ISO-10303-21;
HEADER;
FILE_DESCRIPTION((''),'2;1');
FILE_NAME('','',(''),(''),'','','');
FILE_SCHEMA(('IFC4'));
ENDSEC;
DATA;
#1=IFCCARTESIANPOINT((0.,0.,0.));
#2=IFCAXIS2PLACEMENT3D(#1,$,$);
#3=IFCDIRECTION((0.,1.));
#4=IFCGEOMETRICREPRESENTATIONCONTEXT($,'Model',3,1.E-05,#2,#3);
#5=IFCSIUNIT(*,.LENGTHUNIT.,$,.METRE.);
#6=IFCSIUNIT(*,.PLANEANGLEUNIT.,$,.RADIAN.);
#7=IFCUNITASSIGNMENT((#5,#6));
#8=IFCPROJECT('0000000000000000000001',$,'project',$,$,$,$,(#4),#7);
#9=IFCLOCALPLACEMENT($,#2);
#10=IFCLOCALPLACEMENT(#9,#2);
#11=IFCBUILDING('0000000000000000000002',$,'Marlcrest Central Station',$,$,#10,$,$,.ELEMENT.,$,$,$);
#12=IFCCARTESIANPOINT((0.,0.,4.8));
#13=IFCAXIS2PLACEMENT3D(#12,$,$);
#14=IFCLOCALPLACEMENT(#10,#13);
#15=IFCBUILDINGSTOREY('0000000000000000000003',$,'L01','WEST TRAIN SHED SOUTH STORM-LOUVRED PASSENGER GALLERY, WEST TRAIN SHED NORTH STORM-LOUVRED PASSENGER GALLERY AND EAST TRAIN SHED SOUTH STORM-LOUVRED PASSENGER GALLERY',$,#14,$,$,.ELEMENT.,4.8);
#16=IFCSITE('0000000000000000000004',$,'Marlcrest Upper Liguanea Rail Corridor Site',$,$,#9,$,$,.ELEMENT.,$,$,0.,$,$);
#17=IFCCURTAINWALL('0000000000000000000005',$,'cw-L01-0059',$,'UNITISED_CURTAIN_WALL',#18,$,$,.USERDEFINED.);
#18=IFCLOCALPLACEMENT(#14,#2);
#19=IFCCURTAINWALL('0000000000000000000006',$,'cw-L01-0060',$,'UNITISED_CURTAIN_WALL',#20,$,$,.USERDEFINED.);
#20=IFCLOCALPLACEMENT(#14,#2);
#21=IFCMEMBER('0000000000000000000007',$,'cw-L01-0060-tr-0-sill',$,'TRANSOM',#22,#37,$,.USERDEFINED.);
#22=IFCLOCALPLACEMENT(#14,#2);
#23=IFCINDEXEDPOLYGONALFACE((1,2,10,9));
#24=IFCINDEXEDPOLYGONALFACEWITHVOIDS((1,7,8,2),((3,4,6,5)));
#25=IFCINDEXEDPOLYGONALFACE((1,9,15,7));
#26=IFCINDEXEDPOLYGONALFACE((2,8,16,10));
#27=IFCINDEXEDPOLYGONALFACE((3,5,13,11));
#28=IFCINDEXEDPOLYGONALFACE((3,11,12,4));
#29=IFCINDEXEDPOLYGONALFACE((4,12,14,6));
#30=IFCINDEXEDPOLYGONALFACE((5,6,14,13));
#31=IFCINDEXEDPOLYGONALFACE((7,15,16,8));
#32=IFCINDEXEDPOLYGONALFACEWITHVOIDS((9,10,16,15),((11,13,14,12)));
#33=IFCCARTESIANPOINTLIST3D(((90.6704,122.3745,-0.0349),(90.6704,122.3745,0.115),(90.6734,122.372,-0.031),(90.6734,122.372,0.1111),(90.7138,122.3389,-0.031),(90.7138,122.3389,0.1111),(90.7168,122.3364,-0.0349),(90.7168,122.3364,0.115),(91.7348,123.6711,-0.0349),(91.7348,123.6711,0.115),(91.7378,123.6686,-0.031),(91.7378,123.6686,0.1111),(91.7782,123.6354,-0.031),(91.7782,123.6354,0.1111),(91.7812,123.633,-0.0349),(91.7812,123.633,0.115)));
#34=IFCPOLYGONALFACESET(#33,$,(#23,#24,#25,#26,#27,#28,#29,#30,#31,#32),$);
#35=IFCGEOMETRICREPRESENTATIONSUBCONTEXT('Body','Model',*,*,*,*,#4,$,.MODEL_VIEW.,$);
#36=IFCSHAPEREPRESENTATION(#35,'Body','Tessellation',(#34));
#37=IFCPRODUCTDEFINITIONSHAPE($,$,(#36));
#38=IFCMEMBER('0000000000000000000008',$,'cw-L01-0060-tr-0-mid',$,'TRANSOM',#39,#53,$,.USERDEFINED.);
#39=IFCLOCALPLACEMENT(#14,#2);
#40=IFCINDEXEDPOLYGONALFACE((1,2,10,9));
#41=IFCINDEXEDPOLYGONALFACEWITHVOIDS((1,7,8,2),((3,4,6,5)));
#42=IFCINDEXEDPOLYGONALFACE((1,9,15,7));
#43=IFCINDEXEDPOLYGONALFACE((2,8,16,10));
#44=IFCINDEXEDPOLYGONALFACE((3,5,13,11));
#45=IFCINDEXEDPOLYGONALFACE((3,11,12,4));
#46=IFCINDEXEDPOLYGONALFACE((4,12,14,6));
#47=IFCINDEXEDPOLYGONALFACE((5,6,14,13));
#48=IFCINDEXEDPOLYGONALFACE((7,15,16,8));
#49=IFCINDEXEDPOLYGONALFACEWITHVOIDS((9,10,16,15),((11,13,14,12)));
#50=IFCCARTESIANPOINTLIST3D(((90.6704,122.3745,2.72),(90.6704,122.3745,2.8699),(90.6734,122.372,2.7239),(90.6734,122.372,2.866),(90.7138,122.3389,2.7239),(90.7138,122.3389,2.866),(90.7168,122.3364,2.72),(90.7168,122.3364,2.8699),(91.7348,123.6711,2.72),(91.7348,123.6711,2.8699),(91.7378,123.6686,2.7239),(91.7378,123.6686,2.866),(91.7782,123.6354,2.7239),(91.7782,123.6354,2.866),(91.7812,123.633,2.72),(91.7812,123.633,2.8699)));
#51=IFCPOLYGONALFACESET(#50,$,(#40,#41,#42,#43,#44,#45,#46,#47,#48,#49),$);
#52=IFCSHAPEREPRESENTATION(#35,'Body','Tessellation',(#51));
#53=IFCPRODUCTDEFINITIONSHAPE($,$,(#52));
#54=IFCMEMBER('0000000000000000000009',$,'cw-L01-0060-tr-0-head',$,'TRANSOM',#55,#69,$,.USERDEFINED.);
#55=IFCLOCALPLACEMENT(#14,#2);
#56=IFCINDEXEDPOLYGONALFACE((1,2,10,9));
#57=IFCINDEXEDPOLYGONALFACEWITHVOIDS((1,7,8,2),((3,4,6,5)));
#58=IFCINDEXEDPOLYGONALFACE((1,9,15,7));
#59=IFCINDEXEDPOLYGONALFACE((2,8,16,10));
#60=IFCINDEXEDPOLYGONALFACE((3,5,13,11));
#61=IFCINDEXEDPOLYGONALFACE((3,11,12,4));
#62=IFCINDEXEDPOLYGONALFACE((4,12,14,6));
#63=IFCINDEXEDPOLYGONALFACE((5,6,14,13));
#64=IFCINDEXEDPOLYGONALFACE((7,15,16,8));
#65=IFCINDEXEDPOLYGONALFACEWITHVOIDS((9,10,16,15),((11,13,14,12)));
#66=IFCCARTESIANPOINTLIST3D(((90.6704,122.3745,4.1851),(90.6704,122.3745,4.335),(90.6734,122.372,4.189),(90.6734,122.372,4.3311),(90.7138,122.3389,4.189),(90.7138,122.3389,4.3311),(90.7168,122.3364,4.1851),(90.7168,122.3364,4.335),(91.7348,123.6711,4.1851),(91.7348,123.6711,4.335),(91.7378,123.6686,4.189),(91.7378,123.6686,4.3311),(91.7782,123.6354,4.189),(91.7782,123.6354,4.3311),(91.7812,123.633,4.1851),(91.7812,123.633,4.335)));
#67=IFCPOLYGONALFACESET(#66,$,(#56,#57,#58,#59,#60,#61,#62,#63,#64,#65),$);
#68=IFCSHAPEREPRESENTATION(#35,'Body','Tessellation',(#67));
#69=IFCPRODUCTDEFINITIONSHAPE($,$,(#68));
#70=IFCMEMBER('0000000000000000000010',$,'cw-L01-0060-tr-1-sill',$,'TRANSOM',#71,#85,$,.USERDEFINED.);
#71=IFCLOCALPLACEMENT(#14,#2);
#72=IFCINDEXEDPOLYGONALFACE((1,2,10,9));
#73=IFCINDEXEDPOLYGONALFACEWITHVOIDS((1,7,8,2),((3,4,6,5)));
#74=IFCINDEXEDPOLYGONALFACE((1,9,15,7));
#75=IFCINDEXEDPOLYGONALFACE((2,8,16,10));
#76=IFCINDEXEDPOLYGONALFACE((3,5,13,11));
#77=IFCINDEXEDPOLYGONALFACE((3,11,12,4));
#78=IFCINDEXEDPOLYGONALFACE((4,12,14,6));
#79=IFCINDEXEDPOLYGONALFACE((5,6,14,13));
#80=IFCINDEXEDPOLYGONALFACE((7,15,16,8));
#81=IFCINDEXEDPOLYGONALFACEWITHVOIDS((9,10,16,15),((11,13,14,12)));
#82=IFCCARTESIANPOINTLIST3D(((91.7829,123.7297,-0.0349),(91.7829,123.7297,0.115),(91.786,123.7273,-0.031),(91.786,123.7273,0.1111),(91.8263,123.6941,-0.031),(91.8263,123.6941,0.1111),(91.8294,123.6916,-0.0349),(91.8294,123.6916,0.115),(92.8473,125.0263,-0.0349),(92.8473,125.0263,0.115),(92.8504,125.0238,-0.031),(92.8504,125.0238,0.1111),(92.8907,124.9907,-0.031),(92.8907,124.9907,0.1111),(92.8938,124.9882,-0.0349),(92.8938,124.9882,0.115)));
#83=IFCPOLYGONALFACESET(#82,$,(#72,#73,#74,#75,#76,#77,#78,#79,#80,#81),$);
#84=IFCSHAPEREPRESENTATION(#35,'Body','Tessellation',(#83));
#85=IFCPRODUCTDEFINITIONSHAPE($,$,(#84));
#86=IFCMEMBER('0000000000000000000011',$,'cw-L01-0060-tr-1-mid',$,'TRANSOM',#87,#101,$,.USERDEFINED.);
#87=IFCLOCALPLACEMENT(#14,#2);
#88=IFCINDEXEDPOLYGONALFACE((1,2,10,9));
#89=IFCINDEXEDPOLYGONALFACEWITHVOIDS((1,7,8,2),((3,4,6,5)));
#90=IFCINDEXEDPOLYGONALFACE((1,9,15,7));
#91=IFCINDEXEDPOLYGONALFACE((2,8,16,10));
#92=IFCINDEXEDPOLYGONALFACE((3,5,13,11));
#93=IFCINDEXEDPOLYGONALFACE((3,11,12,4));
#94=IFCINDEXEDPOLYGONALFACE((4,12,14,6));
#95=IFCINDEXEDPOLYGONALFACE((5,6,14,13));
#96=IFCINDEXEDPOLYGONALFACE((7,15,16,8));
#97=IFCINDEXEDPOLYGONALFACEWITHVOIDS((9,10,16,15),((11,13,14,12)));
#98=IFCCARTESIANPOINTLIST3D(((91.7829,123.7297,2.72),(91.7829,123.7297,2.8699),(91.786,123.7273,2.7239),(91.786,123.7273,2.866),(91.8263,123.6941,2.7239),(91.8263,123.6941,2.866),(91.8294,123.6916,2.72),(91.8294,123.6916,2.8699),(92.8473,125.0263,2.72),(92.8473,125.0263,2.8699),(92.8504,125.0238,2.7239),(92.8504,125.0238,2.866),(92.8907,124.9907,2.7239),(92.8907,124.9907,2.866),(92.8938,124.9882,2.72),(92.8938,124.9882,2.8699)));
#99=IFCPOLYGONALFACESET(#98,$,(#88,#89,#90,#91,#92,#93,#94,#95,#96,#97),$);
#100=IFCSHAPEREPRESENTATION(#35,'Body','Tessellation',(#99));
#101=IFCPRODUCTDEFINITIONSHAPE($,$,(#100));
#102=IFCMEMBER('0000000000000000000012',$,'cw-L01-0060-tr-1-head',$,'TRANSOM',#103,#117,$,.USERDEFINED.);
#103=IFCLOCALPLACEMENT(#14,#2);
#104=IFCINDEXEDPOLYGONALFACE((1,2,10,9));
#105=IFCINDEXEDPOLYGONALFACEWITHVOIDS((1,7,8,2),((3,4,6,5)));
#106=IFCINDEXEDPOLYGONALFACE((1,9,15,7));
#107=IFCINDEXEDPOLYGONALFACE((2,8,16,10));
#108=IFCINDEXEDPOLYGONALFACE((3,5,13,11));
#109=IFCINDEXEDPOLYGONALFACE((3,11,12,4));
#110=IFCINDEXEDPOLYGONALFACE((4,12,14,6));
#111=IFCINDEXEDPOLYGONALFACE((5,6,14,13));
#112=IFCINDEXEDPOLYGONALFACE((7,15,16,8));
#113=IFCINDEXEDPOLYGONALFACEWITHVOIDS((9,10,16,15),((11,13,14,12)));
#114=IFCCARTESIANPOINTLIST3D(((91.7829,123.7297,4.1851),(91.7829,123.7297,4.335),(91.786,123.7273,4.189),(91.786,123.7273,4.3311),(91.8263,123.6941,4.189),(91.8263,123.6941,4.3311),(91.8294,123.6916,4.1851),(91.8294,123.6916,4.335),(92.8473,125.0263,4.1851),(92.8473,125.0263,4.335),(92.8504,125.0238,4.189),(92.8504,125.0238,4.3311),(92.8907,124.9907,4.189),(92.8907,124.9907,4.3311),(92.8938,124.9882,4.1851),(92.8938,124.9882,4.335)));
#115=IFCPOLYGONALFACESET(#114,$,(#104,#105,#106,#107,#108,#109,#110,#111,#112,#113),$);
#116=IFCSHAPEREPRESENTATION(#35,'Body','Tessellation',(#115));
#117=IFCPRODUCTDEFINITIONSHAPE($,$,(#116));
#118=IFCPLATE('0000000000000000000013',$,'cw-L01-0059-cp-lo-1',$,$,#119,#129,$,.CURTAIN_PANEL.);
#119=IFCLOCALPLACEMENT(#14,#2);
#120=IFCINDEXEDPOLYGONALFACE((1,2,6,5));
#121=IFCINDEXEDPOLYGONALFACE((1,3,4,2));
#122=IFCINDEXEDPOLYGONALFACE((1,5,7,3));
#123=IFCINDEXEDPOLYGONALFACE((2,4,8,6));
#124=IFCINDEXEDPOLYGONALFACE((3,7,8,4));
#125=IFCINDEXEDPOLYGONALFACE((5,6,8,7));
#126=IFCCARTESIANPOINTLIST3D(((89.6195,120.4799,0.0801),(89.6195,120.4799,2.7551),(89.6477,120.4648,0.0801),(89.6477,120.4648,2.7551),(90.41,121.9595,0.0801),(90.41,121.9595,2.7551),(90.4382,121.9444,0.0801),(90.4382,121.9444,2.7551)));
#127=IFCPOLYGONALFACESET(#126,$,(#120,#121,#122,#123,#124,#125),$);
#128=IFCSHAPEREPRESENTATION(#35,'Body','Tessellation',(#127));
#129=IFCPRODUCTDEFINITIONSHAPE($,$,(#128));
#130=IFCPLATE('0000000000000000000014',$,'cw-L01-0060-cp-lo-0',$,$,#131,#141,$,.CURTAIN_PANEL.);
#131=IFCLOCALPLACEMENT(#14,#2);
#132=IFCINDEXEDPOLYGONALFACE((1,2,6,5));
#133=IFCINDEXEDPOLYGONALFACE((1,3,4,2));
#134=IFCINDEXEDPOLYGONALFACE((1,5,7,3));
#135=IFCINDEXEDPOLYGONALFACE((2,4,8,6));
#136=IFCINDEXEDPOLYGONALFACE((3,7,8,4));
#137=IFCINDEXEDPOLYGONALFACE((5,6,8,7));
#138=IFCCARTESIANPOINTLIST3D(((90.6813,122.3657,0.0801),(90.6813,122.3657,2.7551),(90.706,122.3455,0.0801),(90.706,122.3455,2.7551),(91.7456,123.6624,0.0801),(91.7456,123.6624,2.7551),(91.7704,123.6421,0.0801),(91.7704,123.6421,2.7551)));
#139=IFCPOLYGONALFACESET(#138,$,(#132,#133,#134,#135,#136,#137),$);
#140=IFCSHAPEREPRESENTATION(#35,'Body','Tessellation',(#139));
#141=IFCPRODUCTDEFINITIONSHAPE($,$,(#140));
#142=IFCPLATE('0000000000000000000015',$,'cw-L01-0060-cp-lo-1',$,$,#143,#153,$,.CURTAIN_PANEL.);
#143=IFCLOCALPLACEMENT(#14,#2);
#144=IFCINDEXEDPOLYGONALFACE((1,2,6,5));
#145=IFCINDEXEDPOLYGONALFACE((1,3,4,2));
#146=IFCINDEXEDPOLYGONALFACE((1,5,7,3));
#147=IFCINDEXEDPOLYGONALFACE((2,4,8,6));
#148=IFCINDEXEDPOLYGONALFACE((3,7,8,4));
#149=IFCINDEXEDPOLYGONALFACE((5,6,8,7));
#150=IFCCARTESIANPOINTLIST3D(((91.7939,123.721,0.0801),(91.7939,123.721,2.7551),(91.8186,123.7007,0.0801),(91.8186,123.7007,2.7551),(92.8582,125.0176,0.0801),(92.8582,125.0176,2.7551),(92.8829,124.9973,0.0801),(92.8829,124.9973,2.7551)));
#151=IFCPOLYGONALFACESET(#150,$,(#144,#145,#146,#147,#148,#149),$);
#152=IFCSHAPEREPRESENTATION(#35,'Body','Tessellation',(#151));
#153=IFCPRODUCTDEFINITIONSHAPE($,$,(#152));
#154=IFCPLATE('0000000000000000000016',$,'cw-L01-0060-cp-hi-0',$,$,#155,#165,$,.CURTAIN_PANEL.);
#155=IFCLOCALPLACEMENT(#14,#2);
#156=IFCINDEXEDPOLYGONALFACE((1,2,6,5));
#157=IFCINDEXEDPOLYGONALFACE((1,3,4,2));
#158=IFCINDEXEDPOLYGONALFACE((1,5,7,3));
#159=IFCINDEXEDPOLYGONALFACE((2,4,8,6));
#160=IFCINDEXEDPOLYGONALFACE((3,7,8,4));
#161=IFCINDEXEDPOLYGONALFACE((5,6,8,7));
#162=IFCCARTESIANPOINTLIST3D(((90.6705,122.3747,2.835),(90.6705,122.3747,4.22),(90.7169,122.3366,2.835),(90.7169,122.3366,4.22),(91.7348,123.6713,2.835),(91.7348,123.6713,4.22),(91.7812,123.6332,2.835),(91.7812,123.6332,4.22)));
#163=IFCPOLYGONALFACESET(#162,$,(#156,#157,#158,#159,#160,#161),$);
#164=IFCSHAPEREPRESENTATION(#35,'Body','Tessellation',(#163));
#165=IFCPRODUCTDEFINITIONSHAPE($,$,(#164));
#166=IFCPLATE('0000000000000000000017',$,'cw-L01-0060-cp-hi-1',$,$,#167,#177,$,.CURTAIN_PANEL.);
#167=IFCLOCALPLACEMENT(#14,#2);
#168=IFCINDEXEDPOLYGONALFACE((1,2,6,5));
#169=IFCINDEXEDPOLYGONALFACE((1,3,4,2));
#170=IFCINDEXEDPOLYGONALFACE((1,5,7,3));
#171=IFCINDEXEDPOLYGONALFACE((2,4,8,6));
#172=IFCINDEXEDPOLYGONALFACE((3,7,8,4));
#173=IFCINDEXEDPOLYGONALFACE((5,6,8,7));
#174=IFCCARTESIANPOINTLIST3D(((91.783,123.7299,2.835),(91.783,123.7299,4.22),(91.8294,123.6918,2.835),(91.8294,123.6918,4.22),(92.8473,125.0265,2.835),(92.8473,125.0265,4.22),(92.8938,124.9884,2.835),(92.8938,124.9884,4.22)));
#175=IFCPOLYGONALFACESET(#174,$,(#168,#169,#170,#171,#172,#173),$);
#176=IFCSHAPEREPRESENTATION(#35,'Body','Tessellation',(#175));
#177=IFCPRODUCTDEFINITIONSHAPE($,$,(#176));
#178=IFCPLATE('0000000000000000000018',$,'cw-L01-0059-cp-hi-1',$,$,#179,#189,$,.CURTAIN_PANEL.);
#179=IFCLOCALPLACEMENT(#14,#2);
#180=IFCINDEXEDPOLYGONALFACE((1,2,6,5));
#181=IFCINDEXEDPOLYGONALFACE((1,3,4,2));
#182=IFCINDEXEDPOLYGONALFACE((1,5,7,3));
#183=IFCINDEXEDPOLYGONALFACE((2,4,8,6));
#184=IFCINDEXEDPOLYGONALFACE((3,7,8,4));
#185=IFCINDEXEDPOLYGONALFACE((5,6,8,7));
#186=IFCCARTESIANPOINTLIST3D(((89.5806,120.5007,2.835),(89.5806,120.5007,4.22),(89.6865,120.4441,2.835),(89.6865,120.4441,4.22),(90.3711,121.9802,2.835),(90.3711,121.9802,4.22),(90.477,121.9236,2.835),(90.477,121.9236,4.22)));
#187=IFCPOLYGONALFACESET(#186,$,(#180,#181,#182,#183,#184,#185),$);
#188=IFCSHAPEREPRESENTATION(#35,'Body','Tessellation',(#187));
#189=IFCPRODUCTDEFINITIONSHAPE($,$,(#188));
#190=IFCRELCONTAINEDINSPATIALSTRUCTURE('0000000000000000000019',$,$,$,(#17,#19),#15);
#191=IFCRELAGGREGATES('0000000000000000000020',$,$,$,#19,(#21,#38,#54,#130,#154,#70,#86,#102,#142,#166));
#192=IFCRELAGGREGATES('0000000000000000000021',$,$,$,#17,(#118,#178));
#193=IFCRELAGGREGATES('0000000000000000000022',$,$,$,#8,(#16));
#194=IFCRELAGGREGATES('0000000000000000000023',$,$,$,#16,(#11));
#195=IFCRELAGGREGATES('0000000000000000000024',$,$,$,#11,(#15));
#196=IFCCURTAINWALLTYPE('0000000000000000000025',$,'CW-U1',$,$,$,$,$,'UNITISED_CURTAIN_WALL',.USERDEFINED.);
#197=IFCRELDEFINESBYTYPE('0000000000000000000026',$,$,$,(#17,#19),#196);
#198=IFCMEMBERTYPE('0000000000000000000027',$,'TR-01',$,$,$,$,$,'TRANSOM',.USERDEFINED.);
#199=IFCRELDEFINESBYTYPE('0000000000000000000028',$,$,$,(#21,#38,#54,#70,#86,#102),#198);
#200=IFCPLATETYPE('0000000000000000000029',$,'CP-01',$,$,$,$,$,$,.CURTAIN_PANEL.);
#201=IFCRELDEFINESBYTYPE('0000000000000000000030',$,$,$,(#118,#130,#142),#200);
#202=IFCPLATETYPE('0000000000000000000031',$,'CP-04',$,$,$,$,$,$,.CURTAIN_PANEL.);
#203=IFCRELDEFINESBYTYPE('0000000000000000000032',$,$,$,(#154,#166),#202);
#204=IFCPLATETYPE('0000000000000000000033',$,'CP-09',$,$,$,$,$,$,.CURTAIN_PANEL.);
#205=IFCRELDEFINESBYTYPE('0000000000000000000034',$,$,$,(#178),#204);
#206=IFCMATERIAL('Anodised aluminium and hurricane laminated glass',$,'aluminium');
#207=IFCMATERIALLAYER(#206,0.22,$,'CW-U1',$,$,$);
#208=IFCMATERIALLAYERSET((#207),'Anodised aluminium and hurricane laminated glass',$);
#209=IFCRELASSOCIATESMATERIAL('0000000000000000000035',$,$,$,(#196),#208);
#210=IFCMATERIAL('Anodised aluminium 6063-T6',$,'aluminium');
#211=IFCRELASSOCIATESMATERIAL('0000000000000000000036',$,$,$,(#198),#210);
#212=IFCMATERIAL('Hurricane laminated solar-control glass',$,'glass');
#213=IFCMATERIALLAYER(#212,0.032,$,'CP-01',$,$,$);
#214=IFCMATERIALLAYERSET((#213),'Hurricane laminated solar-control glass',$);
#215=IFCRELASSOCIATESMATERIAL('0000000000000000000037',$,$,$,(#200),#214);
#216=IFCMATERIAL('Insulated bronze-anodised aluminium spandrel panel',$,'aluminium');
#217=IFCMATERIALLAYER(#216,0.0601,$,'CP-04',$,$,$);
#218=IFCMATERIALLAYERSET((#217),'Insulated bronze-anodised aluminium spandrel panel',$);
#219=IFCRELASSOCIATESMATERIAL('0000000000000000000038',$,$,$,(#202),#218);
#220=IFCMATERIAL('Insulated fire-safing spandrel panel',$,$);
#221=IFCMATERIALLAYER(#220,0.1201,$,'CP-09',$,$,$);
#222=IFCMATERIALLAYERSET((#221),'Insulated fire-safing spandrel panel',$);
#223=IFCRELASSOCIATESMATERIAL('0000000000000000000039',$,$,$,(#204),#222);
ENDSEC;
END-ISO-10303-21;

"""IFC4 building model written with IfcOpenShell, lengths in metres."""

from ifc_helpers import new_model, si_unit, direction, frame, origin, origin_2d, place, context, subcontext, project, spatial, rectangle, hollow_rectangle, extrude, material, layer, layer_set, material_profile, profile_set, type_object, element, aggregate, save


model = new_model("IFC4")

# Units and contexts
model_context = context("Model", 3, precision=1e-05, world=origin(), true_north=direction((0.0, 1.0)))
body_context = subcontext(model_context, "Body", "Model", "MODEL_VIEW")
ifc_project = project(units=[si_unit("LENGTHUNIT", "METRE"), si_unit("PLANEANGLEUNIT", "RADIAN")], contexts=[model_context])

# Site, building, storey
site_placement = place(None, origin())
site = spatial("IfcSite", under=ifc_project, at=site_placement, Name="Marlcrest Upper Liguanea Rail Corridor Site", CompositionType="ELEMENT", RefElevation=0.0)
building_placement = place(site_placement, origin())
building = spatial("IfcBuilding", under=site, at=building_placement, Name="Marlcrest Central Station", CompositionType="ELEMENT")
storey_placement = place(building_placement, frame((0.0, 0.0, 4.8)))
storey = spatial("IfcBuildingStorey", under=building, at=storey_placement, Name="L01", Description="WEST TRAIN SHED SOUTH STORM-LOUVRED PASSENGER GALLERY, WEST TRAIN SHED NORTH STORM-LOUVRED PASSENGER GALLERY AND EAST TRAIN SHED SOUTH STORM-LOUVRED PASSENGER GALLERY", CompositionType="ELEMENT", Elevation=4.8)

# Curtain wall
ifc_material_1 = material(Name="Anodised aluminium and hurricane laminated glass", Category="aluminium")
ifc_layer_1 = layer(ifc_material_1, 0.22, Name="CW-U1")
ifc_layer_set_1 = layer_set([ifc_layer_1], Name="Anodised aluminium and hurricane laminated glass")
curtain_wall_type = type_object("IfcCurtainWallType", Name="CW-U1", ElementType="UNITISED_CURTAIN_WALL", PredefinedType="USERDEFINED", material=ifc_layer_set_1)
curtain_wall_1_placement = place(storey_placement, origin())
curtain_wall_1 = element("IfcCurtainWall", 1, at=curtain_wall_1_placement, inside=storey, type_object=curtain_wall_type, Name="cw-L01-0059", ObjectType="UNITISED_CURTAIN_WALL", PredefinedType="USERDEFINED")
ifc_material_2 = material(Name="Anodised aluminium 6063-T6", Category="aluminium")

# Curtain wall
curtain_wall_2_placement = place(storey_placement, origin())
curtain_wall_2 = element("IfcCurtainWall", 2, at=curtain_wall_2_placement, inside=storey, type_object=curtain_wall_type, Name="cw-L01-0060", ObjectType="UNITISED_CURTAIN_WALL", PredefinedType="USERDEFINED")

# Members
ifc_material_profile_1 = material_profile(ifc_material_2, hollow_rectangle(XDim=0.0601, YDim=0.1499, WallThickness=0.0039, at=origin_2d()), Name="AA-RHS 150x60x4")
ifc_profile_set_1 = profile_set([ifc_material_profile_1], Name="Anodised aluminium 6063-T6")
member_type_1 = type_object("IfcMemberType", Name="TR-01", ElementType="TRANSOM", PredefinedType="USERDEFINED", material=ifc_profile_set_1)
member_1_placement = place(storey_placement, frame((90.6936, 122.3555, 0.04), z_axis=(0.634513, 0.772912, 0.0), x_axis=(-0.772912, 0.634513, 0.0)))
member_1 = element("IfcMember", 3, at=member_1_placement, type_object=member_type_1, Name="cw-L01-0060-tr-0-sill", ObjectType="TRANSOM", PredefinedType="USERDEFINED", context=body_context, shape_type="SweptSolid", body=[
    extrude(hollow_rectangle(XDim=0.0601, YDim=0.1499, WallThickness=0.0039, at=origin_2d()), origin(), (0.0, 0.0, 1.0), 1.6775),
])
member_2_placement = place(storey_placement, frame((90.6936, 122.3555, 2.7949), z_axis=(0.634513, 0.772912, 0.0), x_axis=(-0.772912, 0.634513, 0.0)))
member_2 = element("IfcMember", 4, at=member_2_placement, type_object=member_type_1, Name="cw-L01-0060-tr-0-mid", ObjectType="TRANSOM", PredefinedType="USERDEFINED", context=body_context, shape_type="SweptSolid", body=[
    extrude(hollow_rectangle(XDim=0.0601, YDim=0.1499, WallThickness=0.0039, at=origin_2d()), origin(), (0.0, 0.0, 1.0), 1.6775),
])
member_3_placement = place(storey_placement, frame((90.6936, 122.3555, 4.26), z_axis=(0.634513, 0.772912, 0.0), x_axis=(-0.772912, 0.634513, 0.0)))
member_3 = element("IfcMember", 5, at=member_3_placement, type_object=member_type_1, Name="cw-L01-0060-tr-0-head", ObjectType="TRANSOM", PredefinedType="USERDEFINED", context=body_context, shape_type="SweptSolid", body=[
    extrude(hollow_rectangle(XDim=0.0601, YDim=0.1499, WallThickness=0.0039, at=origin_2d()), origin(), (0.0, 0.0, 1.0), 1.6775),
])
member_4_placement = place(storey_placement, frame((91.8062, 123.7107, 0.04), z_axis=(0.634513, 0.772912, 0.0), x_axis=(-0.772912, 0.634513, 0.0)))
member_4 = element("IfcMember", 6, at=member_4_placement, type_object=member_type_1, Name="cw-L01-0060-tr-1-sill", ObjectType="TRANSOM", PredefinedType="USERDEFINED", context=body_context, shape_type="SweptSolid", body=[
    extrude(hollow_rectangle(XDim=0.0601, YDim=0.1499, WallThickness=0.0039, at=origin_2d()), origin(), (0.0, 0.0, 1.0), 1.6775),
])
member_5_placement = place(storey_placement, frame((91.8062, 123.7107, 2.7949), z_axis=(0.634513, 0.772912, 0.0), x_axis=(-0.772912, 0.634513, 0.0)))
member_5 = element("IfcMember", 7, at=member_5_placement, type_object=member_type_1, Name="cw-L01-0060-tr-1-mid", ObjectType="TRANSOM", PredefinedType="USERDEFINED", context=body_context, shape_type="SweptSolid", body=[
    extrude(hollow_rectangle(XDim=0.0601, YDim=0.1499, WallThickness=0.0039, at=origin_2d()), origin(), (0.0, 0.0, 1.0), 1.6775),
])
member_6_placement = place(storey_placement, frame((91.8062, 123.7107, 4.26), z_axis=(0.634513, 0.772912, 0.0), x_axis=(-0.772912, 0.634513, 0.0)))
member_6 = element("IfcMember", 8, at=member_6_placement, type_object=member_type_1, Name="cw-L01-0060-tr-1-head", ObjectType="TRANSOM", PredefinedType="USERDEFINED", context=body_context, shape_type="SweptSolid", body=[
    extrude(hollow_rectangle(XDim=0.0601, YDim=0.1499, WallThickness=0.0039, at=origin_2d()), origin(), (0.0, 0.0, 1.0), 1.6775),
])

# Plates
ifc_material_3 = material(Name="Hurricane laminated solar-control glass", Category="glass")
ifc_layer_2 = layer(ifc_material_3, 0.032, Name="CP-01")
ifc_layer_set_2 = layer_set([ifc_layer_2], Name="Hurricane laminated solar-control glass")
plate_type_1 = type_object("IfcPlateType", Name="CP-01", PredefinedType="CURTAIN_PANEL", material=ifc_layer_set_2)
plate_1_placement = place(storey_placement, frame((90.0288, 121.2122, 0.0801), z_axis=(0.0, 0.0, 1.0), x_axis=(0.471243, 0.882004, 0.0)))
plate_1 = element("IfcPlate", 9, at=plate_1_placement, type_object=plate_type_1, Name="cw-L01-0059-cp-lo-1", PredefinedType="CURTAIN_PANEL", context=body_context, shape_type="SweptSolid", body=[
    extrude(rectangle(XDim=1.6775, YDim=0.032, at=origin_2d()), origin(), (0.0, 0.0, 1.0), 2.675),
])
plate_2_placement = place(storey_placement, frame((91.2258, 123.0039, 0.0801), z_axis=(0.0, 0.0, 1.0), x_axis=(0.634474, 0.772944, 0.0)))
plate_2 = element("IfcPlate", 10, at=plate_2_placement, type_object=plate_type_1, Name="cw-L01-0060-cp-lo-0", PredefinedType="CURTAIN_PANEL", context=body_context, shape_type="SweptSolid", body=[
    extrude(rectangle(XDim=1.6775, YDim=0.032, at=origin_2d()), origin(), (0.0, 0.0, 1.0), 2.675),
])
plate_3_placement = place(storey_placement, frame((92.3384, 124.3591, 0.0801), z_axis=(0.0, 0.0, 1.0), x_axis=(0.634474, 0.772944, 0.0)))
plate_3 = element("IfcPlate", 11, at=plate_3_placement, type_object=plate_type_1, Name="cw-L01-0060-cp-lo-1", PredefinedType="CURTAIN_PANEL", context=body_context, shape_type="SweptSolid", body=[
    extrude(rectangle(XDim=1.6775, YDim=0.032, at=origin_2d()), origin(), (0.0, 0.0, 1.0), 2.675),
])
ifc_material_4 = material(Name="Insulated bronze-anodised aluminium spandrel panel", Category="aluminium")
ifc_layer_3 = layer(ifc_material_4, 0.0601, Name="CP-04")
ifc_layer_set_3 = layer_set([ifc_layer_3], Name="Insulated bronze-anodised aluminium spandrel panel")
plate_type_2 = type_object("IfcPlateType", Name="CP-04", PredefinedType="CURTAIN_PANEL", material=ifc_layer_set_3)
plate_4_placement = place(storey_placement, frame((91.2258, 123.0039, 2.835), z_axis=(0.0, 0.0, 1.0), x_axis=(0.634474, 0.772944, 0.0)))
plate_4 = element("IfcPlate", 12, at=plate_4_placement, type_object=plate_type_2, Name="cw-L01-0060-cp-hi-0", PredefinedType="CURTAIN_PANEL", context=body_context, shape_type="SweptSolid", body=[
    extrude(rectangle(XDim=1.6775, YDim=0.0601, at=origin_2d()), origin(), (0.0, 0.0, 1.0), 1.385),
])
plate_5_placement = place(storey_placement, frame((92.3384, 124.3591, 2.835), z_axis=(0.0, 0.0, 1.0), x_axis=(0.634474, 0.772944, 0.0)))
plate_5 = element("IfcPlate", 13, at=plate_5_placement, type_object=plate_type_2, Name="cw-L01-0060-cp-hi-1", PredefinedType="CURTAIN_PANEL", context=body_context, shape_type="SweptSolid", body=[
    extrude(rectangle(XDim=1.6775, YDim=0.0601, at=origin_2d()), origin(), (0.0, 0.0, 1.0), 1.385),
])
aggregate(curtain_wall_2, [member_1, member_2, member_3, plate_2, plate_4, member_4, member_5, member_6, plate_3, plate_5])
ifc_material_5 = material(Name="Insulated fire-safing spandrel panel")
ifc_layer_4 = layer(ifc_material_5, 0.1201, Name="CP-09")
ifc_layer_set_4 = layer_set([ifc_layer_4], Name="Insulated fire-safing spandrel panel")
plate_type_3 = type_object("IfcPlateType", Name="CP-09", PredefinedType="CURTAIN_PANEL", material=ifc_layer_set_4)
plate_6_placement = place(storey_placement, frame((90.0288, 121.2122, 2.835), z_axis=(0.0, 0.0, 1.0), x_axis=(0.471243, 0.882004, 0.0)))
plate_6 = element("IfcPlate", 14, at=plate_6_placement, type_object=plate_type_3, Name="cw-L01-0059-cp-hi-1", PredefinedType="CURTAIN_PANEL", context=body_context, shape_type="SweptSolid", body=[
    extrude(rectangle(XDim=1.6775, YDim=0.1201, at=origin_2d()), origin(), (0.0, 0.0, 1.0), 1.385),
])
aggregate(curtain_wall_1, [plate_1, plate_6])

save(model, "model.ifc")
